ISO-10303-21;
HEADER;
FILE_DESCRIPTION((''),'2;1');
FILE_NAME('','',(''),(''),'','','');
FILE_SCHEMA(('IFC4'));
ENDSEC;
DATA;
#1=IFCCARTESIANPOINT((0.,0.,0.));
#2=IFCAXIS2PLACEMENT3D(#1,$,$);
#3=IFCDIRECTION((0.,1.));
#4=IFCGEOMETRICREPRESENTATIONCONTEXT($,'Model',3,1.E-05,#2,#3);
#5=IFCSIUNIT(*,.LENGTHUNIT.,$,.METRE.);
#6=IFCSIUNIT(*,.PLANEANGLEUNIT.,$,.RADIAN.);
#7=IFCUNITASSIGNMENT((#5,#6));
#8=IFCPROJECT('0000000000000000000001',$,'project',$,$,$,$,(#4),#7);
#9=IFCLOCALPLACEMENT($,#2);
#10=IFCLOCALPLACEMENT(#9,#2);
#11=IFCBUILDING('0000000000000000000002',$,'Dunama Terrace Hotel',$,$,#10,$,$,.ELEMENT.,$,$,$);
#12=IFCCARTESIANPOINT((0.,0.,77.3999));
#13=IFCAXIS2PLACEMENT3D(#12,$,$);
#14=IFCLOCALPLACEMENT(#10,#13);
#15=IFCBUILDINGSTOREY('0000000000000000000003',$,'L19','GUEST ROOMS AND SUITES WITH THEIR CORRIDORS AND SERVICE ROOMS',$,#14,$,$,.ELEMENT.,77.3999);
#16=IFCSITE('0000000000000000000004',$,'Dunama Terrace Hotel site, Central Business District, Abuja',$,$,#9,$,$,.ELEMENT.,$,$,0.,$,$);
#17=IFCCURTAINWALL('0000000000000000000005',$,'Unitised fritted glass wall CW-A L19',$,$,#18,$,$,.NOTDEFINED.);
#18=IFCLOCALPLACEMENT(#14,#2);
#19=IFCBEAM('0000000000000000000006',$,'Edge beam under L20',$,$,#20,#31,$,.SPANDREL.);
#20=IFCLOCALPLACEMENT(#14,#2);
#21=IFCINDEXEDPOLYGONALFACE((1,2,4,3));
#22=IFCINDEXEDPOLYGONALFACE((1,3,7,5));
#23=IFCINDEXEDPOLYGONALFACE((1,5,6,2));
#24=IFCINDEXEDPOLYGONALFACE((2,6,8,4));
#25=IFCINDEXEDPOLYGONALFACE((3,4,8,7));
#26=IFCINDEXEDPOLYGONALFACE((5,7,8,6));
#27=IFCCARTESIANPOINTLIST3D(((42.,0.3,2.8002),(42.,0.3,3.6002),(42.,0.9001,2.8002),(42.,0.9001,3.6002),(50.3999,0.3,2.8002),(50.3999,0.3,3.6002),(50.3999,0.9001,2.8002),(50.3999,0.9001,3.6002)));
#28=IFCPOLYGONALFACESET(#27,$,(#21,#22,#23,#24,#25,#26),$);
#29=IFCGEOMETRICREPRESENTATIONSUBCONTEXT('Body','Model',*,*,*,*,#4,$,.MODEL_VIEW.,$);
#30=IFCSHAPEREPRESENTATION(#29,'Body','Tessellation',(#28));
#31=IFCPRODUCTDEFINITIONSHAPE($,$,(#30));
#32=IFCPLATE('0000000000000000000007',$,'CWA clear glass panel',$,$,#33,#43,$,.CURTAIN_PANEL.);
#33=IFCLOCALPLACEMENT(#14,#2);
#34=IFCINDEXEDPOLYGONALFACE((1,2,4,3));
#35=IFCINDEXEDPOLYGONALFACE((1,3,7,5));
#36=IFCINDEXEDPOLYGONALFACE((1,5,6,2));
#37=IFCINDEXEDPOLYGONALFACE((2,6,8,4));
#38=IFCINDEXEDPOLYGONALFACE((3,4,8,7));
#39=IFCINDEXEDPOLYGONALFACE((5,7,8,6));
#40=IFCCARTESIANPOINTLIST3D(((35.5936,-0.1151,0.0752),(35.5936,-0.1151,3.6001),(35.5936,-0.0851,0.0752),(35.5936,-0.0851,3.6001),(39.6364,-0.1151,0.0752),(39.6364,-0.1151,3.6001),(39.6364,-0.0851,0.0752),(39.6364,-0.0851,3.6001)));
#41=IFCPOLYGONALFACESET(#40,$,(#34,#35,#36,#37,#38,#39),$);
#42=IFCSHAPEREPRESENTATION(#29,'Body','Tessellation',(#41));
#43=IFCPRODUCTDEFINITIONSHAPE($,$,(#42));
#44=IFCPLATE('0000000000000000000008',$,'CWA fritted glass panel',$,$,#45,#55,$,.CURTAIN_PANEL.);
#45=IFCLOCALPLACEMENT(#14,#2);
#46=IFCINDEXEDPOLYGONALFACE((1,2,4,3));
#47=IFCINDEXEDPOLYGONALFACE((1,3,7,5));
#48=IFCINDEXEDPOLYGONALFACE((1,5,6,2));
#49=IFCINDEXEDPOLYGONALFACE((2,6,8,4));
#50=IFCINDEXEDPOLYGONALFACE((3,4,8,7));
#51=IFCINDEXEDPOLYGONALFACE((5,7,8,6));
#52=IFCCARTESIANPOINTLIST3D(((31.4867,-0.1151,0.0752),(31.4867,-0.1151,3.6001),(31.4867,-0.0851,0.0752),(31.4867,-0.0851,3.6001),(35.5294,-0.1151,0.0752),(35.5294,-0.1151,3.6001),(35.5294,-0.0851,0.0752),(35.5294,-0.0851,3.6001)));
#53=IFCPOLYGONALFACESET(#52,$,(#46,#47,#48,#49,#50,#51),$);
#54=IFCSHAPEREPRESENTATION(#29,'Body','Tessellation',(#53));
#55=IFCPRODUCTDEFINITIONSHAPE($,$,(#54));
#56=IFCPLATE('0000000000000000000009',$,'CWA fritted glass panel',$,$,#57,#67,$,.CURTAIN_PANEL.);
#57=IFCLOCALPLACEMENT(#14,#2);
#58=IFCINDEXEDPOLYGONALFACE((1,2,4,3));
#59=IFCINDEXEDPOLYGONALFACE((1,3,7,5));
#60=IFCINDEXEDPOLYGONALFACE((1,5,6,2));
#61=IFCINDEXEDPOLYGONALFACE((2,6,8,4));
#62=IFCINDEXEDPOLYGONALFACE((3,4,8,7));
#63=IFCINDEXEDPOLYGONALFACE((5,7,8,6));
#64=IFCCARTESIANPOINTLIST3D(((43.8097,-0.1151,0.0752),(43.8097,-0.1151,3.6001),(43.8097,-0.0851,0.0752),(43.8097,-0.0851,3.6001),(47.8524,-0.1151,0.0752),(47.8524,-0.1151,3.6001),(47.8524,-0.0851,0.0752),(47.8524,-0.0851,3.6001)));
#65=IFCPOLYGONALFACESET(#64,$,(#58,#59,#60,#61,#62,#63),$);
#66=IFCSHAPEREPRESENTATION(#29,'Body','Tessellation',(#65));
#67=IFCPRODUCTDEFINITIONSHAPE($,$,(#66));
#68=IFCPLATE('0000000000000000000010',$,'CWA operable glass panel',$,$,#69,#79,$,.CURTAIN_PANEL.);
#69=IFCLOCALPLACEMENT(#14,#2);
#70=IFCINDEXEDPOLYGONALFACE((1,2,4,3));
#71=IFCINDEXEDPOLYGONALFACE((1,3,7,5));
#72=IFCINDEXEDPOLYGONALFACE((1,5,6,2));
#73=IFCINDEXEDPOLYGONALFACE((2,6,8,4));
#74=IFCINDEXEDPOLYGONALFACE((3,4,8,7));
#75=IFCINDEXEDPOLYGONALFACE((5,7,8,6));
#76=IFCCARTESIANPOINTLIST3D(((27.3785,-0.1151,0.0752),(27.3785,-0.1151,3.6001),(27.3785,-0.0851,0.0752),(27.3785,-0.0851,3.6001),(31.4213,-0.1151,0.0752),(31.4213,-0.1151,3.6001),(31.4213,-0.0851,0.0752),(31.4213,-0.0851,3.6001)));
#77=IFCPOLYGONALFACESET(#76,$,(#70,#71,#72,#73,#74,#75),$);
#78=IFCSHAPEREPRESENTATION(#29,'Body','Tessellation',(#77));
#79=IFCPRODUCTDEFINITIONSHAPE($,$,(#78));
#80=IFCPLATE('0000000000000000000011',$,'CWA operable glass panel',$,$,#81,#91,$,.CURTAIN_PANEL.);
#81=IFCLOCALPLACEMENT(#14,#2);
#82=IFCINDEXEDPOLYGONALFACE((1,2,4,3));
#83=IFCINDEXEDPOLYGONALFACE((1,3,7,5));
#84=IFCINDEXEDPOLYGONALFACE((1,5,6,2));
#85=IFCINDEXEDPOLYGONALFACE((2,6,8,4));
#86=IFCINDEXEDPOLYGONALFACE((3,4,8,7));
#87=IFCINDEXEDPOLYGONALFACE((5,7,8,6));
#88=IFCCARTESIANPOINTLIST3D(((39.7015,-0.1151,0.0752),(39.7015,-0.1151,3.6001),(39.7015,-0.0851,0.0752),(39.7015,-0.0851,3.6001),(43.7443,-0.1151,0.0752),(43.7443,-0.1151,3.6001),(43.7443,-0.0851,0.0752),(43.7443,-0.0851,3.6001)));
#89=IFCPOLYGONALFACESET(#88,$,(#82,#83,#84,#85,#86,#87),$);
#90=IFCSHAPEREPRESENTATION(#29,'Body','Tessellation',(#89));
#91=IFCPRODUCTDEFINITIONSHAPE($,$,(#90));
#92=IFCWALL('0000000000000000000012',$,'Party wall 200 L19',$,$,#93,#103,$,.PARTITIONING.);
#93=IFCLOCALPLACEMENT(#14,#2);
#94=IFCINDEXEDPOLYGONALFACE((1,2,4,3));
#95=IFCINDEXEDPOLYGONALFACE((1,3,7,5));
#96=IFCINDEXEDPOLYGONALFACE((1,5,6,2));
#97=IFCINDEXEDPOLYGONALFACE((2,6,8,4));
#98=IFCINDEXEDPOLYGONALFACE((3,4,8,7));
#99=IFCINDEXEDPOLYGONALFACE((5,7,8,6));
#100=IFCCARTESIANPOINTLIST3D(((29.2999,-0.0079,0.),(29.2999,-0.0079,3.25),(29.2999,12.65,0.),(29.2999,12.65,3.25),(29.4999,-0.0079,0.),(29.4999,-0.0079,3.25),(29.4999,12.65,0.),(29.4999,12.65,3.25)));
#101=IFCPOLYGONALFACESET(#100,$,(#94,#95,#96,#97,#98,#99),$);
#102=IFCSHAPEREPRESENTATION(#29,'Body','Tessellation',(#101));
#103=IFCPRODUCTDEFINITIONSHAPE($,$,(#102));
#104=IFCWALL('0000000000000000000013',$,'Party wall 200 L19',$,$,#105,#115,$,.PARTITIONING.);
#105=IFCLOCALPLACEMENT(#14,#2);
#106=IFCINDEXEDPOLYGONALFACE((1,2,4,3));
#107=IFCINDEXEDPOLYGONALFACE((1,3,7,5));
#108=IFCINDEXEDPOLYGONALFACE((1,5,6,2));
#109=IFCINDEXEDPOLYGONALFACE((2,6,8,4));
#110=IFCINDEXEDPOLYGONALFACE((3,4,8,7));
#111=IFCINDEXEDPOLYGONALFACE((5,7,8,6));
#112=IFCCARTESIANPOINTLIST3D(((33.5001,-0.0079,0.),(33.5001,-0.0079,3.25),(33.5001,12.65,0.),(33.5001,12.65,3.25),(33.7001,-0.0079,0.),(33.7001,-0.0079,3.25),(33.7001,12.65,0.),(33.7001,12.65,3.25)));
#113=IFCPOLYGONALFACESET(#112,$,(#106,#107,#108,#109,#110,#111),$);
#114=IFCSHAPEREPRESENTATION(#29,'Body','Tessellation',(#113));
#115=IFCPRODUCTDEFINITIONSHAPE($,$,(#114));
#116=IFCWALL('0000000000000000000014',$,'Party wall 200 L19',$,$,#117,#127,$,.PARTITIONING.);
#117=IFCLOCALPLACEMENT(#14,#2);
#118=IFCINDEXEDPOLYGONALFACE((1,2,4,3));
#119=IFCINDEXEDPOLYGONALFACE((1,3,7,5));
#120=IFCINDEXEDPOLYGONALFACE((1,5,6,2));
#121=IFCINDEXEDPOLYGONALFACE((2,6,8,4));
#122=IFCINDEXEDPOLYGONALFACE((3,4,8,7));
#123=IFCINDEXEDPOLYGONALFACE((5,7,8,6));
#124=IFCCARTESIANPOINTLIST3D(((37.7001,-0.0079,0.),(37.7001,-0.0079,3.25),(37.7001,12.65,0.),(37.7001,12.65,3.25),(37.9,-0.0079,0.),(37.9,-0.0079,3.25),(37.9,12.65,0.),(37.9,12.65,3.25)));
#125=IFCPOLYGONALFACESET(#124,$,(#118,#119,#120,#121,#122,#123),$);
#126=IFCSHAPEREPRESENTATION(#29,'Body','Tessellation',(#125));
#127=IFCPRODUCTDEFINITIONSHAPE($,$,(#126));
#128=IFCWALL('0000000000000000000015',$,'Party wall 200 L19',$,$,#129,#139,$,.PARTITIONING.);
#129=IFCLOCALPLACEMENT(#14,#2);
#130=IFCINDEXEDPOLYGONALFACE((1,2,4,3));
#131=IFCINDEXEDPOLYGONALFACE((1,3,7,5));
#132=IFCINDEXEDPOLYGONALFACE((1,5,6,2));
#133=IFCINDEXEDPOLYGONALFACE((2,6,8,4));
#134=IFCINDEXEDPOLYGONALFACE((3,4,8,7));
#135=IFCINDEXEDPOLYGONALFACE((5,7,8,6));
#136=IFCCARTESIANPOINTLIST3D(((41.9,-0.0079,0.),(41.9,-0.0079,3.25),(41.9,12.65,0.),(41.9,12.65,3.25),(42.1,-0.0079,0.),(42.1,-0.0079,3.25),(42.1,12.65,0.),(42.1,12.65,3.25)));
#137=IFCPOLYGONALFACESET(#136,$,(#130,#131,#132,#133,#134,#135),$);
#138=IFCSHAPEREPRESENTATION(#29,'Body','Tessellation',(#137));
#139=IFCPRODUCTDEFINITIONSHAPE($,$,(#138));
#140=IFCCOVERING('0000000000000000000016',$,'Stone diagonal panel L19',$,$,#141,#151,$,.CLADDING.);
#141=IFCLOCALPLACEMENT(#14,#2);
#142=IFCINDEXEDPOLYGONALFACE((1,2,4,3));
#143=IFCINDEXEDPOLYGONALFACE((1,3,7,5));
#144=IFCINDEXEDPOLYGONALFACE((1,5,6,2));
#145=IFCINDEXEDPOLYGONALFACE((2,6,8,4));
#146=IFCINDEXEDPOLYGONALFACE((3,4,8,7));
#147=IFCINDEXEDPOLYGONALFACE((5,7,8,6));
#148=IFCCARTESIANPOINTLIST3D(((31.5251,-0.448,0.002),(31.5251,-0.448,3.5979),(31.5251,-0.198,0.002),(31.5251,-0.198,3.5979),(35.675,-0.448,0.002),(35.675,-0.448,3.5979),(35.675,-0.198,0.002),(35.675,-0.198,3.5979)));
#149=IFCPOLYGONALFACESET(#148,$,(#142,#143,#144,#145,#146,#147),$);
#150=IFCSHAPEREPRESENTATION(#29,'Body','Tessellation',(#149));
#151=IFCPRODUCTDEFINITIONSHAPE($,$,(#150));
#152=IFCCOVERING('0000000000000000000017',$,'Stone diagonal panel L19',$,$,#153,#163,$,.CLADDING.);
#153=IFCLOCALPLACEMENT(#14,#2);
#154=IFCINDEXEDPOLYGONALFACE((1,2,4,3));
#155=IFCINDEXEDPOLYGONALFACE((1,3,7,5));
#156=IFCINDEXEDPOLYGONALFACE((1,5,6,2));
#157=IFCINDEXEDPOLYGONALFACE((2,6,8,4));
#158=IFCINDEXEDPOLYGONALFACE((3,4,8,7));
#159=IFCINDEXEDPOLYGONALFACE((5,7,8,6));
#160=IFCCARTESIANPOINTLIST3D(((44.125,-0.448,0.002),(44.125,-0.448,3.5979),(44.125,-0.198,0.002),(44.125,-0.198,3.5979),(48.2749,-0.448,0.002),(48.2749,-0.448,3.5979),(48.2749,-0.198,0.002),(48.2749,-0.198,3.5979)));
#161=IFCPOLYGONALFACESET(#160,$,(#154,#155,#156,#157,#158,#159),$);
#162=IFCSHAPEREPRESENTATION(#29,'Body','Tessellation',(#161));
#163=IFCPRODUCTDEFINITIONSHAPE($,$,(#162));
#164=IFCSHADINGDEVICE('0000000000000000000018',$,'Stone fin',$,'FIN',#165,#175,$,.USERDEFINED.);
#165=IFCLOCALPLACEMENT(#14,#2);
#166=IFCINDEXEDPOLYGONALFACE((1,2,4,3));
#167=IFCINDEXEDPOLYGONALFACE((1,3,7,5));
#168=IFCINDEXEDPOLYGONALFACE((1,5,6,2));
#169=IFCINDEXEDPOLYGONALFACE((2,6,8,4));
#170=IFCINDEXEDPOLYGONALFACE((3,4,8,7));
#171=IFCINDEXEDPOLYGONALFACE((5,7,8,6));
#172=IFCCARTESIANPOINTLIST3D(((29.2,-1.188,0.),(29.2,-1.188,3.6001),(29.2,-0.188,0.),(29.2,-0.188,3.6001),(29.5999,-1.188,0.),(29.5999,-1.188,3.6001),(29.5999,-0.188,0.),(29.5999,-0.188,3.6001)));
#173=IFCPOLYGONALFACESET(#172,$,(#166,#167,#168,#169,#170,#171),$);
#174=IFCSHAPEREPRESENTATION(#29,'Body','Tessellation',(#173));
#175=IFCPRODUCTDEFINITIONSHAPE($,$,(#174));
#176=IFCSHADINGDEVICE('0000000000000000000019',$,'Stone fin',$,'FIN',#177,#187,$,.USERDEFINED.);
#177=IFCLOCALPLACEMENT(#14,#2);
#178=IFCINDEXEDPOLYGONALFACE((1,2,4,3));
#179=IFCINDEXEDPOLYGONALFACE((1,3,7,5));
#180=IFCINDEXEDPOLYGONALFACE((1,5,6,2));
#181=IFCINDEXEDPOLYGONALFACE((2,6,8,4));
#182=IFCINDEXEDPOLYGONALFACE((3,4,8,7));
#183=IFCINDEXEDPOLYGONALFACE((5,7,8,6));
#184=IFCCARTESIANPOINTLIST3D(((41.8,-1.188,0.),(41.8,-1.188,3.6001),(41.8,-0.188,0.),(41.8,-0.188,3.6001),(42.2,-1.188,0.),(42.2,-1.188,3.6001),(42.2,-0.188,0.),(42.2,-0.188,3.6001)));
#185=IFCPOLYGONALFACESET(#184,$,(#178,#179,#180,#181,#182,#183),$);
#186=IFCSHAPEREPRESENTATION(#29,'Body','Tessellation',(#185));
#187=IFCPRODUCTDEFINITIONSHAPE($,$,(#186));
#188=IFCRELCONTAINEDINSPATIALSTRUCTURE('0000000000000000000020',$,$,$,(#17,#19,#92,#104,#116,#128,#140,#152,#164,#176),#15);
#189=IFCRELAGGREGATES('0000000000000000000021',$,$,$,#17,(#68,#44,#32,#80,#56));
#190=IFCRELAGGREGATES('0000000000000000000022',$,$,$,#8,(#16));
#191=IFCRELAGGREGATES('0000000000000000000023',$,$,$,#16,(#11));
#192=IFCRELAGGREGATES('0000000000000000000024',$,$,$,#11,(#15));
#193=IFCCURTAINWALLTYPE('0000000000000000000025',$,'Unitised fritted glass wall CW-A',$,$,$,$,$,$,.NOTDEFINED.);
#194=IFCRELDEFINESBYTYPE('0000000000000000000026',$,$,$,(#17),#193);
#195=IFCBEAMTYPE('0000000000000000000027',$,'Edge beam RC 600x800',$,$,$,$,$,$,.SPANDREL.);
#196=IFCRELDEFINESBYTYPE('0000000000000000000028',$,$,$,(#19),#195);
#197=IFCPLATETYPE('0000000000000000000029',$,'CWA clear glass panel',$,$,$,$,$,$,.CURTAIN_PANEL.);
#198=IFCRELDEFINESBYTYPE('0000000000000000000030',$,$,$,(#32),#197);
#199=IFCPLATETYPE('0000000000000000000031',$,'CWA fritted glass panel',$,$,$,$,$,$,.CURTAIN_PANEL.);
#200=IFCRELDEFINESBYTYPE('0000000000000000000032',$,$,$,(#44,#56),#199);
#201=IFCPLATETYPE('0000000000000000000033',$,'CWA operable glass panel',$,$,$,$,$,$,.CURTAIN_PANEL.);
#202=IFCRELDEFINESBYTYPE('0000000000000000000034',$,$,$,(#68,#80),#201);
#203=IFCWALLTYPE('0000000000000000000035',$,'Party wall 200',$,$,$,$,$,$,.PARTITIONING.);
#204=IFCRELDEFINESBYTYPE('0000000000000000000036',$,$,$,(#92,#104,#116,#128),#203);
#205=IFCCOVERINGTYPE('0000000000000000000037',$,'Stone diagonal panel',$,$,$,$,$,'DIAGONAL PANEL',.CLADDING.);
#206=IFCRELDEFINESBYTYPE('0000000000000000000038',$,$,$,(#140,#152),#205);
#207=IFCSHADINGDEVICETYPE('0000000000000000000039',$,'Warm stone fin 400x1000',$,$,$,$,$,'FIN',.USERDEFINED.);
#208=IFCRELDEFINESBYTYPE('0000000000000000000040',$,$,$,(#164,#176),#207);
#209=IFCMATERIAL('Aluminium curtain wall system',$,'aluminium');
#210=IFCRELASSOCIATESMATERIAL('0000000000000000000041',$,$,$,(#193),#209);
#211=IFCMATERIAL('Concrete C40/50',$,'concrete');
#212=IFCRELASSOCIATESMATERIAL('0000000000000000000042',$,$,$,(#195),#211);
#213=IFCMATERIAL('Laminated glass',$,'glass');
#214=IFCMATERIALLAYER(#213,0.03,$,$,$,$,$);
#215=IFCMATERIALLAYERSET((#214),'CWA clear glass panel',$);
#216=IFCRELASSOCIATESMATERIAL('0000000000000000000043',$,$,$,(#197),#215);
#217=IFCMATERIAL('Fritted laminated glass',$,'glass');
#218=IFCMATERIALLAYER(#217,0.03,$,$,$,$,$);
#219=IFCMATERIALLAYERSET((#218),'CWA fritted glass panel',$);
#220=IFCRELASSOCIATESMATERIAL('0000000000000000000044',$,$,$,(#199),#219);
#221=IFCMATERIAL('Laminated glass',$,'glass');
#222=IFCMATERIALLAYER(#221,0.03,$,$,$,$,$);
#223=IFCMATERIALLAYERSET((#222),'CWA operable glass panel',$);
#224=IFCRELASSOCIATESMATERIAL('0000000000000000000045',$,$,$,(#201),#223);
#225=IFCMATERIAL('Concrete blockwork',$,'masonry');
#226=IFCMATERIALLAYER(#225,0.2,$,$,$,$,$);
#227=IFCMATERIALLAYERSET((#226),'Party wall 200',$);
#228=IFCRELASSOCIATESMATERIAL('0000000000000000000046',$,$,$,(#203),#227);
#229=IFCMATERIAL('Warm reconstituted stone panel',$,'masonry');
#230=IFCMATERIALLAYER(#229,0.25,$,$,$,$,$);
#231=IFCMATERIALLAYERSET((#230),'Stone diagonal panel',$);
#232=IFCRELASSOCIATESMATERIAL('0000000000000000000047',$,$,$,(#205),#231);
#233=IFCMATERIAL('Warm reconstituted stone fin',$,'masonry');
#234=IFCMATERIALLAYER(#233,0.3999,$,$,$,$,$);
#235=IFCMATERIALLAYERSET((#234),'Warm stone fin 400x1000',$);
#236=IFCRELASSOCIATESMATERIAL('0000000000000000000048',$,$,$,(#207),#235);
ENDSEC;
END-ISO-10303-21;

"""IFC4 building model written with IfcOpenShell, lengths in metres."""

from ifc_helpers import new_model, si_unit, direction, frame, frame_2d, origin, origin_2d, place, context, subcontext, project, spatial, rectangle, extrude, material, layer, layer_set, material_profile, profile_set, type_object, element, aggregate, save


model = new_model("IFC4")

# Units and contexts
model_context = context("Model", 3, precision=1e-05, world=origin(), true_north=direction((0.0, 1.0)))
body_context = subcontext(model_context, "Body", "Model", "MODEL_VIEW")
ifc_project = project(units=[si_unit("LENGTHUNIT", "METRE"), si_unit("PLANEANGLEUNIT", "RADIAN")], contexts=[model_context])

# Site, building, storey
site_placement = place(None, origin())
site = spatial("IfcSite", under=ifc_project, at=site_placement, Name="Dunama Terrace Hotel site, Central Business District, Abuja", CompositionType="ELEMENT", RefElevation=0.0)
building_placement = place(site_placement, origin())
building = spatial("IfcBuilding", under=site, at=building_placement, Name="Dunama Terrace Hotel", CompositionType="ELEMENT")
storey_placement = place(building_placement, frame((0.0, 0.0, 77.3999)))
storey = spatial("IfcBuildingStorey", under=building, at=storey_placement, Name="L19", Description="GUEST ROOMS AND SUITES WITH THEIR CORRIDORS AND SERVICE ROOMS", CompositionType="ELEMENT", Elevation=77.3999)

# Curtain wall
ifc_material_1 = material(Name="Aluminium curtain wall system", Category="aluminium")
curtain_wall_type = type_object("IfcCurtainWallType", Name="Unitised fritted glass wall CW-A", PredefinedType="NOTDEFINED", material=ifc_material_1)
curtain_wall_placement = place(storey_placement, origin())
curtain_wall = element("IfcCurtainWall", 1, at=curtain_wall_placement, inside=storey, type_object=curtain_wall_type, Name="Unitised fritted glass wall CW-A L19", PredefinedType="NOTDEFINED")

# Beam
ifc_material_2 = material(Name="Concrete C40/50", Category="concrete")
ifc_material_profile_1 = material_profile(ifc_material_2, rectangle(XDim=0.6001, YDim=0.8, at=origin_2d()), Name="RC 600x800")
ifc_profile_set_1 = profile_set([ifc_material_profile_1], Name="Concrete C40/50")
beam_type = type_object("IfcBeamType", Name="Edge beam RC 600x800", PredefinedType="SPANDREL", material=ifc_profile_set_1)
for number, where, z_axis, x_axis, name in (
    (2, (42.0, 0.6001, 3.2002), (1.0, 0.0, 0.0), (0.0, 1.0, 0.0), "Edge beam under L20"),
):
    element("IfcBeam", number, at=place(storey_placement, frame(where, z_axis=z_axis, x_axis=x_axis)), inside=storey, type_object=beam_type, Name=name, PredefinedType="SPANDREL", context=body_context, shape_type="SweptSolid", body=[
        extrude(rectangle(XDim=0.6001, YDim=0.8, at=origin_2d()), origin(), (0.0, 0.0, 1.0), 8.3999),
    ])

# Plates
ifc_material_3 = material(Name="Laminated glass", Category="glass")
ifc_layer_1 = layer(ifc_material_3, 0.03)
ifc_layer_set_1 = layer_set([ifc_layer_1], Name="CWA clear glass panel")
plate_type_1 = type_object("IfcPlateType", Name="CWA clear glass panel", PredefinedType="CURTAIN_PANEL", material=ifc_layer_set_1)
plate_1_placement = place(storey_placement, frame((37.615, -0.1001, 0.0752), z_axis=(0.0, 0.0, 1.0), x_axis=(1.0, 0.0, 0.0)))
plate_1 = element("IfcPlate", 3, at=plate_1_placement, type_object=plate_type_1, Name="CWA clear glass panel", PredefinedType="CURTAIN_PANEL", context=body_context, shape_type="SweptSolid", body=[
    extrude(rectangle(XDim=4.0427, YDim=0.03, at=origin_2d()), origin(), (0.0, 0.0, 1.0), 3.5249),
])
ifc_material_4 = material(Name="Fritted laminated glass", Category="glass")
ifc_layer_2 = layer(ifc_material_4, 0.03)
ifc_layer_set_2 = layer_set([ifc_layer_2], Name="CWA fritted glass panel")
plate_type_2 = type_object("IfcPlateType", Name="CWA fritted glass panel", PredefinedType="CURTAIN_PANEL", material=ifc_layer_set_2)
plate_2_placement = place(storey_placement, frame((33.5081, -0.1001, 0.0752), z_axis=(0.0, 0.0, 1.0), x_axis=(1.0, 0.0, 0.0)))
plate_2 = element("IfcPlate", 4, at=plate_2_placement, type_object=plate_type_2, Name="CWA fritted glass panel", PredefinedType="CURTAIN_PANEL", context=body_context, shape_type="SweptSolid", body=[
    extrude(rectangle(XDim=4.0427, YDim=0.03, at=origin_2d()), origin(), (0.0, 0.0, 1.0), 3.5249),
])
plate_3_placement = place(storey_placement, frame((45.8311, -0.1001, 0.0752), z_axis=(0.0, 0.0, 1.0), x_axis=(1.0, 0.0, 0.0)))
plate_3 = element("IfcPlate", 5, at=plate_3_placement, type_object=plate_type_2, Name="CWA fritted glass panel", PredefinedType="CURTAIN_PANEL", context=body_context, shape_type="SweptSolid", body=[
    extrude(rectangle(XDim=4.0427, YDim=0.03, at=origin_2d()), origin(), (0.0, 0.0, 1.0), 3.5249),
])
ifc_material_5 = material(Name="Laminated glass", Category="glass")
ifc_layer_3 = layer(ifc_material_5, 0.03)
ifc_layer_set_3 = layer_set([ifc_layer_3], Name="CWA operable glass panel")
plate_type_3 = type_object("IfcPlateType", Name="CWA operable glass panel", PredefinedType="CURTAIN_PANEL", material=ifc_layer_set_3)
plate_4_placement = place(storey_placement, frame((29.3999, -0.1001, 0.0752), z_axis=(0.0, 0.0, 1.0), x_axis=(1.0, 0.0, 0.0)))
plate_4 = element("IfcPlate", 6, at=plate_4_placement, type_object=plate_type_3, Name="CWA operable glass panel", PredefinedType="CURTAIN_PANEL", context=body_context, shape_type="SweptSolid", body=[
    extrude(rectangle(XDim=4.0427, YDim=0.03, at=origin_2d()), origin(), (0.0, 0.0, 1.0), 3.5249),
])
plate_5_placement = place(storey_placement, frame((41.7229, -0.1001, 0.0752), z_axis=(0.0, 0.0, 1.0), x_axis=(1.0, 0.0, 0.0)))
plate_5 = element("IfcPlate", 7, at=plate_5_placement, type_object=plate_type_3, Name="CWA operable glass panel", PredefinedType="CURTAIN_PANEL", context=body_context, shape_type="SweptSolid", body=[
    extrude(rectangle(XDim=4.0427, YDim=0.03, at=origin_2d()), origin(), (0.0, 0.0, 1.0), 3.5249),
])
aggregate(curtain_wall, [plate_4, plate_2, plate_1, plate_5, plate_3])

# Walls
ifc_material_6 = material(Name="Concrete blockwork", Category="masonry")
ifc_layer_4 = layer(ifc_material_6, 0.2)
ifc_layer_set_4 = layer_set([ifc_layer_4], Name="Party wall 200")
wall_type = type_object("IfcWallType", Name="Party wall 200", PredefinedType="PARTITIONING", material=ifc_layer_set_4)
for number, where, z_axis, x_axis, name in (
    (8, (29.3999, -0.0081, 0.0), (0.0, 0.0, 1.0), (0.0, 1.0, 0.0), "Party wall 200 L19"),
    (9, (33.6001, -0.0081, 0.0), (0.0, 0.0, 1.0), (0.0, 1.0, 0.0), "Party wall 200 L19"),
    (10, (37.8, -0.0081, 0.0), (0.0, 0.0, 1.0), (0.0, 1.0, 0.0), "Party wall 200 L19"),
    (11, (42.0, -0.0081, 0.0), (0.0, 0.0, 1.0), (0.0, 1.0, 0.0), "Party wall 200 L19"),
):
    element("IfcWall", number, at=place(storey_placement, frame(where, z_axis=z_axis, x_axis=x_axis)), inside=storey, type_object=wall_type, Name=name, PredefinedType="PARTITIONING", context=body_context, shape_type="SweptSolid", body=[
        extrude(rectangle(XDim=12.658, YDim=0.2, at=frame_2d((6.3291, 0.0))), origin(), (0.0, 0.0, 1.0), 3.25),
    ])

# Coverings
ifc_material_7 = material(Name="Warm reconstituted stone panel", Category="masonry")
ifc_layer_5 = layer(ifc_material_7, 0.25)
ifc_layer_set_5 = layer_set([ifc_layer_5], Name="Stone diagonal panel")
covering_type = type_object("IfcCoveringType", Name="Stone diagonal panel", ElementType="DIAGONAL PANEL", PredefinedType="CLADDING", material=ifc_layer_set_5)
for number, where, z_axis, x_axis, name in (
    (12, (33.6001, -0.323, 0.002), (0.0, 0.0, 1.0), (1.0, 0.0, 0.0), "Stone diagonal panel L19"),
    (13, (46.2, -0.323, 0.002), (0.0, 0.0, 1.0), (1.0, 0.0, 0.0), "Stone diagonal panel L19"),
):
    element("IfcCovering", number, at=place(storey_placement, frame(where, z_axis=z_axis, x_axis=x_axis)), inside=storey, type_object=covering_type, Name=name, PredefinedType="CLADDING", context=body_context, shape_type="SweptSolid", body=[
        extrude(rectangle(XDim=4.1499, YDim=0.25, at=origin_2d()), origin(), (0.0, 0.0, 1.0), 3.5959),
    ])

# Shading devices
ifc_material_8 = material(Name="Warm reconstituted stone fin", Category="masonry")
ifc_layer_6 = layer(ifc_material_8, 0.3999)
ifc_layer_set_6 = layer_set([ifc_layer_6], Name="Warm stone fin 400x1000")
shading_device_type = type_object("IfcShadingDeviceType", Name="Warm stone fin 400x1000", ElementType="FIN", PredefinedType="USERDEFINED", material=ifc_layer_set_6)
for number, where, z_axis, x_axis, name in (
    (14, (29.3999, -0.688, 0.0), (0.0, 0.0, 1.0), (1.0, 0.0, 0.0), "Stone fin"),
    (15, (42.0, -0.688, 0.0), (0.0, 0.0, 1.0), (1.0, 0.0, 0.0), "Stone fin"),
):
    element("IfcShadingDevice", number, at=place(storey_placement, frame(where, z_axis=z_axis, x_axis=x_axis)), inside=storey, type_object=shading_device_type, Name=name, ObjectType="FIN", PredefinedType="USERDEFINED", context=body_context, shape_type="SweptSolid", body=[
        extrude(rectangle(XDim=0.3999, YDim=1.0, at=origin_2d()), origin(), (0.0, 0.0, 1.0), 3.6001),
    ])

save(model, "model.ifc")
